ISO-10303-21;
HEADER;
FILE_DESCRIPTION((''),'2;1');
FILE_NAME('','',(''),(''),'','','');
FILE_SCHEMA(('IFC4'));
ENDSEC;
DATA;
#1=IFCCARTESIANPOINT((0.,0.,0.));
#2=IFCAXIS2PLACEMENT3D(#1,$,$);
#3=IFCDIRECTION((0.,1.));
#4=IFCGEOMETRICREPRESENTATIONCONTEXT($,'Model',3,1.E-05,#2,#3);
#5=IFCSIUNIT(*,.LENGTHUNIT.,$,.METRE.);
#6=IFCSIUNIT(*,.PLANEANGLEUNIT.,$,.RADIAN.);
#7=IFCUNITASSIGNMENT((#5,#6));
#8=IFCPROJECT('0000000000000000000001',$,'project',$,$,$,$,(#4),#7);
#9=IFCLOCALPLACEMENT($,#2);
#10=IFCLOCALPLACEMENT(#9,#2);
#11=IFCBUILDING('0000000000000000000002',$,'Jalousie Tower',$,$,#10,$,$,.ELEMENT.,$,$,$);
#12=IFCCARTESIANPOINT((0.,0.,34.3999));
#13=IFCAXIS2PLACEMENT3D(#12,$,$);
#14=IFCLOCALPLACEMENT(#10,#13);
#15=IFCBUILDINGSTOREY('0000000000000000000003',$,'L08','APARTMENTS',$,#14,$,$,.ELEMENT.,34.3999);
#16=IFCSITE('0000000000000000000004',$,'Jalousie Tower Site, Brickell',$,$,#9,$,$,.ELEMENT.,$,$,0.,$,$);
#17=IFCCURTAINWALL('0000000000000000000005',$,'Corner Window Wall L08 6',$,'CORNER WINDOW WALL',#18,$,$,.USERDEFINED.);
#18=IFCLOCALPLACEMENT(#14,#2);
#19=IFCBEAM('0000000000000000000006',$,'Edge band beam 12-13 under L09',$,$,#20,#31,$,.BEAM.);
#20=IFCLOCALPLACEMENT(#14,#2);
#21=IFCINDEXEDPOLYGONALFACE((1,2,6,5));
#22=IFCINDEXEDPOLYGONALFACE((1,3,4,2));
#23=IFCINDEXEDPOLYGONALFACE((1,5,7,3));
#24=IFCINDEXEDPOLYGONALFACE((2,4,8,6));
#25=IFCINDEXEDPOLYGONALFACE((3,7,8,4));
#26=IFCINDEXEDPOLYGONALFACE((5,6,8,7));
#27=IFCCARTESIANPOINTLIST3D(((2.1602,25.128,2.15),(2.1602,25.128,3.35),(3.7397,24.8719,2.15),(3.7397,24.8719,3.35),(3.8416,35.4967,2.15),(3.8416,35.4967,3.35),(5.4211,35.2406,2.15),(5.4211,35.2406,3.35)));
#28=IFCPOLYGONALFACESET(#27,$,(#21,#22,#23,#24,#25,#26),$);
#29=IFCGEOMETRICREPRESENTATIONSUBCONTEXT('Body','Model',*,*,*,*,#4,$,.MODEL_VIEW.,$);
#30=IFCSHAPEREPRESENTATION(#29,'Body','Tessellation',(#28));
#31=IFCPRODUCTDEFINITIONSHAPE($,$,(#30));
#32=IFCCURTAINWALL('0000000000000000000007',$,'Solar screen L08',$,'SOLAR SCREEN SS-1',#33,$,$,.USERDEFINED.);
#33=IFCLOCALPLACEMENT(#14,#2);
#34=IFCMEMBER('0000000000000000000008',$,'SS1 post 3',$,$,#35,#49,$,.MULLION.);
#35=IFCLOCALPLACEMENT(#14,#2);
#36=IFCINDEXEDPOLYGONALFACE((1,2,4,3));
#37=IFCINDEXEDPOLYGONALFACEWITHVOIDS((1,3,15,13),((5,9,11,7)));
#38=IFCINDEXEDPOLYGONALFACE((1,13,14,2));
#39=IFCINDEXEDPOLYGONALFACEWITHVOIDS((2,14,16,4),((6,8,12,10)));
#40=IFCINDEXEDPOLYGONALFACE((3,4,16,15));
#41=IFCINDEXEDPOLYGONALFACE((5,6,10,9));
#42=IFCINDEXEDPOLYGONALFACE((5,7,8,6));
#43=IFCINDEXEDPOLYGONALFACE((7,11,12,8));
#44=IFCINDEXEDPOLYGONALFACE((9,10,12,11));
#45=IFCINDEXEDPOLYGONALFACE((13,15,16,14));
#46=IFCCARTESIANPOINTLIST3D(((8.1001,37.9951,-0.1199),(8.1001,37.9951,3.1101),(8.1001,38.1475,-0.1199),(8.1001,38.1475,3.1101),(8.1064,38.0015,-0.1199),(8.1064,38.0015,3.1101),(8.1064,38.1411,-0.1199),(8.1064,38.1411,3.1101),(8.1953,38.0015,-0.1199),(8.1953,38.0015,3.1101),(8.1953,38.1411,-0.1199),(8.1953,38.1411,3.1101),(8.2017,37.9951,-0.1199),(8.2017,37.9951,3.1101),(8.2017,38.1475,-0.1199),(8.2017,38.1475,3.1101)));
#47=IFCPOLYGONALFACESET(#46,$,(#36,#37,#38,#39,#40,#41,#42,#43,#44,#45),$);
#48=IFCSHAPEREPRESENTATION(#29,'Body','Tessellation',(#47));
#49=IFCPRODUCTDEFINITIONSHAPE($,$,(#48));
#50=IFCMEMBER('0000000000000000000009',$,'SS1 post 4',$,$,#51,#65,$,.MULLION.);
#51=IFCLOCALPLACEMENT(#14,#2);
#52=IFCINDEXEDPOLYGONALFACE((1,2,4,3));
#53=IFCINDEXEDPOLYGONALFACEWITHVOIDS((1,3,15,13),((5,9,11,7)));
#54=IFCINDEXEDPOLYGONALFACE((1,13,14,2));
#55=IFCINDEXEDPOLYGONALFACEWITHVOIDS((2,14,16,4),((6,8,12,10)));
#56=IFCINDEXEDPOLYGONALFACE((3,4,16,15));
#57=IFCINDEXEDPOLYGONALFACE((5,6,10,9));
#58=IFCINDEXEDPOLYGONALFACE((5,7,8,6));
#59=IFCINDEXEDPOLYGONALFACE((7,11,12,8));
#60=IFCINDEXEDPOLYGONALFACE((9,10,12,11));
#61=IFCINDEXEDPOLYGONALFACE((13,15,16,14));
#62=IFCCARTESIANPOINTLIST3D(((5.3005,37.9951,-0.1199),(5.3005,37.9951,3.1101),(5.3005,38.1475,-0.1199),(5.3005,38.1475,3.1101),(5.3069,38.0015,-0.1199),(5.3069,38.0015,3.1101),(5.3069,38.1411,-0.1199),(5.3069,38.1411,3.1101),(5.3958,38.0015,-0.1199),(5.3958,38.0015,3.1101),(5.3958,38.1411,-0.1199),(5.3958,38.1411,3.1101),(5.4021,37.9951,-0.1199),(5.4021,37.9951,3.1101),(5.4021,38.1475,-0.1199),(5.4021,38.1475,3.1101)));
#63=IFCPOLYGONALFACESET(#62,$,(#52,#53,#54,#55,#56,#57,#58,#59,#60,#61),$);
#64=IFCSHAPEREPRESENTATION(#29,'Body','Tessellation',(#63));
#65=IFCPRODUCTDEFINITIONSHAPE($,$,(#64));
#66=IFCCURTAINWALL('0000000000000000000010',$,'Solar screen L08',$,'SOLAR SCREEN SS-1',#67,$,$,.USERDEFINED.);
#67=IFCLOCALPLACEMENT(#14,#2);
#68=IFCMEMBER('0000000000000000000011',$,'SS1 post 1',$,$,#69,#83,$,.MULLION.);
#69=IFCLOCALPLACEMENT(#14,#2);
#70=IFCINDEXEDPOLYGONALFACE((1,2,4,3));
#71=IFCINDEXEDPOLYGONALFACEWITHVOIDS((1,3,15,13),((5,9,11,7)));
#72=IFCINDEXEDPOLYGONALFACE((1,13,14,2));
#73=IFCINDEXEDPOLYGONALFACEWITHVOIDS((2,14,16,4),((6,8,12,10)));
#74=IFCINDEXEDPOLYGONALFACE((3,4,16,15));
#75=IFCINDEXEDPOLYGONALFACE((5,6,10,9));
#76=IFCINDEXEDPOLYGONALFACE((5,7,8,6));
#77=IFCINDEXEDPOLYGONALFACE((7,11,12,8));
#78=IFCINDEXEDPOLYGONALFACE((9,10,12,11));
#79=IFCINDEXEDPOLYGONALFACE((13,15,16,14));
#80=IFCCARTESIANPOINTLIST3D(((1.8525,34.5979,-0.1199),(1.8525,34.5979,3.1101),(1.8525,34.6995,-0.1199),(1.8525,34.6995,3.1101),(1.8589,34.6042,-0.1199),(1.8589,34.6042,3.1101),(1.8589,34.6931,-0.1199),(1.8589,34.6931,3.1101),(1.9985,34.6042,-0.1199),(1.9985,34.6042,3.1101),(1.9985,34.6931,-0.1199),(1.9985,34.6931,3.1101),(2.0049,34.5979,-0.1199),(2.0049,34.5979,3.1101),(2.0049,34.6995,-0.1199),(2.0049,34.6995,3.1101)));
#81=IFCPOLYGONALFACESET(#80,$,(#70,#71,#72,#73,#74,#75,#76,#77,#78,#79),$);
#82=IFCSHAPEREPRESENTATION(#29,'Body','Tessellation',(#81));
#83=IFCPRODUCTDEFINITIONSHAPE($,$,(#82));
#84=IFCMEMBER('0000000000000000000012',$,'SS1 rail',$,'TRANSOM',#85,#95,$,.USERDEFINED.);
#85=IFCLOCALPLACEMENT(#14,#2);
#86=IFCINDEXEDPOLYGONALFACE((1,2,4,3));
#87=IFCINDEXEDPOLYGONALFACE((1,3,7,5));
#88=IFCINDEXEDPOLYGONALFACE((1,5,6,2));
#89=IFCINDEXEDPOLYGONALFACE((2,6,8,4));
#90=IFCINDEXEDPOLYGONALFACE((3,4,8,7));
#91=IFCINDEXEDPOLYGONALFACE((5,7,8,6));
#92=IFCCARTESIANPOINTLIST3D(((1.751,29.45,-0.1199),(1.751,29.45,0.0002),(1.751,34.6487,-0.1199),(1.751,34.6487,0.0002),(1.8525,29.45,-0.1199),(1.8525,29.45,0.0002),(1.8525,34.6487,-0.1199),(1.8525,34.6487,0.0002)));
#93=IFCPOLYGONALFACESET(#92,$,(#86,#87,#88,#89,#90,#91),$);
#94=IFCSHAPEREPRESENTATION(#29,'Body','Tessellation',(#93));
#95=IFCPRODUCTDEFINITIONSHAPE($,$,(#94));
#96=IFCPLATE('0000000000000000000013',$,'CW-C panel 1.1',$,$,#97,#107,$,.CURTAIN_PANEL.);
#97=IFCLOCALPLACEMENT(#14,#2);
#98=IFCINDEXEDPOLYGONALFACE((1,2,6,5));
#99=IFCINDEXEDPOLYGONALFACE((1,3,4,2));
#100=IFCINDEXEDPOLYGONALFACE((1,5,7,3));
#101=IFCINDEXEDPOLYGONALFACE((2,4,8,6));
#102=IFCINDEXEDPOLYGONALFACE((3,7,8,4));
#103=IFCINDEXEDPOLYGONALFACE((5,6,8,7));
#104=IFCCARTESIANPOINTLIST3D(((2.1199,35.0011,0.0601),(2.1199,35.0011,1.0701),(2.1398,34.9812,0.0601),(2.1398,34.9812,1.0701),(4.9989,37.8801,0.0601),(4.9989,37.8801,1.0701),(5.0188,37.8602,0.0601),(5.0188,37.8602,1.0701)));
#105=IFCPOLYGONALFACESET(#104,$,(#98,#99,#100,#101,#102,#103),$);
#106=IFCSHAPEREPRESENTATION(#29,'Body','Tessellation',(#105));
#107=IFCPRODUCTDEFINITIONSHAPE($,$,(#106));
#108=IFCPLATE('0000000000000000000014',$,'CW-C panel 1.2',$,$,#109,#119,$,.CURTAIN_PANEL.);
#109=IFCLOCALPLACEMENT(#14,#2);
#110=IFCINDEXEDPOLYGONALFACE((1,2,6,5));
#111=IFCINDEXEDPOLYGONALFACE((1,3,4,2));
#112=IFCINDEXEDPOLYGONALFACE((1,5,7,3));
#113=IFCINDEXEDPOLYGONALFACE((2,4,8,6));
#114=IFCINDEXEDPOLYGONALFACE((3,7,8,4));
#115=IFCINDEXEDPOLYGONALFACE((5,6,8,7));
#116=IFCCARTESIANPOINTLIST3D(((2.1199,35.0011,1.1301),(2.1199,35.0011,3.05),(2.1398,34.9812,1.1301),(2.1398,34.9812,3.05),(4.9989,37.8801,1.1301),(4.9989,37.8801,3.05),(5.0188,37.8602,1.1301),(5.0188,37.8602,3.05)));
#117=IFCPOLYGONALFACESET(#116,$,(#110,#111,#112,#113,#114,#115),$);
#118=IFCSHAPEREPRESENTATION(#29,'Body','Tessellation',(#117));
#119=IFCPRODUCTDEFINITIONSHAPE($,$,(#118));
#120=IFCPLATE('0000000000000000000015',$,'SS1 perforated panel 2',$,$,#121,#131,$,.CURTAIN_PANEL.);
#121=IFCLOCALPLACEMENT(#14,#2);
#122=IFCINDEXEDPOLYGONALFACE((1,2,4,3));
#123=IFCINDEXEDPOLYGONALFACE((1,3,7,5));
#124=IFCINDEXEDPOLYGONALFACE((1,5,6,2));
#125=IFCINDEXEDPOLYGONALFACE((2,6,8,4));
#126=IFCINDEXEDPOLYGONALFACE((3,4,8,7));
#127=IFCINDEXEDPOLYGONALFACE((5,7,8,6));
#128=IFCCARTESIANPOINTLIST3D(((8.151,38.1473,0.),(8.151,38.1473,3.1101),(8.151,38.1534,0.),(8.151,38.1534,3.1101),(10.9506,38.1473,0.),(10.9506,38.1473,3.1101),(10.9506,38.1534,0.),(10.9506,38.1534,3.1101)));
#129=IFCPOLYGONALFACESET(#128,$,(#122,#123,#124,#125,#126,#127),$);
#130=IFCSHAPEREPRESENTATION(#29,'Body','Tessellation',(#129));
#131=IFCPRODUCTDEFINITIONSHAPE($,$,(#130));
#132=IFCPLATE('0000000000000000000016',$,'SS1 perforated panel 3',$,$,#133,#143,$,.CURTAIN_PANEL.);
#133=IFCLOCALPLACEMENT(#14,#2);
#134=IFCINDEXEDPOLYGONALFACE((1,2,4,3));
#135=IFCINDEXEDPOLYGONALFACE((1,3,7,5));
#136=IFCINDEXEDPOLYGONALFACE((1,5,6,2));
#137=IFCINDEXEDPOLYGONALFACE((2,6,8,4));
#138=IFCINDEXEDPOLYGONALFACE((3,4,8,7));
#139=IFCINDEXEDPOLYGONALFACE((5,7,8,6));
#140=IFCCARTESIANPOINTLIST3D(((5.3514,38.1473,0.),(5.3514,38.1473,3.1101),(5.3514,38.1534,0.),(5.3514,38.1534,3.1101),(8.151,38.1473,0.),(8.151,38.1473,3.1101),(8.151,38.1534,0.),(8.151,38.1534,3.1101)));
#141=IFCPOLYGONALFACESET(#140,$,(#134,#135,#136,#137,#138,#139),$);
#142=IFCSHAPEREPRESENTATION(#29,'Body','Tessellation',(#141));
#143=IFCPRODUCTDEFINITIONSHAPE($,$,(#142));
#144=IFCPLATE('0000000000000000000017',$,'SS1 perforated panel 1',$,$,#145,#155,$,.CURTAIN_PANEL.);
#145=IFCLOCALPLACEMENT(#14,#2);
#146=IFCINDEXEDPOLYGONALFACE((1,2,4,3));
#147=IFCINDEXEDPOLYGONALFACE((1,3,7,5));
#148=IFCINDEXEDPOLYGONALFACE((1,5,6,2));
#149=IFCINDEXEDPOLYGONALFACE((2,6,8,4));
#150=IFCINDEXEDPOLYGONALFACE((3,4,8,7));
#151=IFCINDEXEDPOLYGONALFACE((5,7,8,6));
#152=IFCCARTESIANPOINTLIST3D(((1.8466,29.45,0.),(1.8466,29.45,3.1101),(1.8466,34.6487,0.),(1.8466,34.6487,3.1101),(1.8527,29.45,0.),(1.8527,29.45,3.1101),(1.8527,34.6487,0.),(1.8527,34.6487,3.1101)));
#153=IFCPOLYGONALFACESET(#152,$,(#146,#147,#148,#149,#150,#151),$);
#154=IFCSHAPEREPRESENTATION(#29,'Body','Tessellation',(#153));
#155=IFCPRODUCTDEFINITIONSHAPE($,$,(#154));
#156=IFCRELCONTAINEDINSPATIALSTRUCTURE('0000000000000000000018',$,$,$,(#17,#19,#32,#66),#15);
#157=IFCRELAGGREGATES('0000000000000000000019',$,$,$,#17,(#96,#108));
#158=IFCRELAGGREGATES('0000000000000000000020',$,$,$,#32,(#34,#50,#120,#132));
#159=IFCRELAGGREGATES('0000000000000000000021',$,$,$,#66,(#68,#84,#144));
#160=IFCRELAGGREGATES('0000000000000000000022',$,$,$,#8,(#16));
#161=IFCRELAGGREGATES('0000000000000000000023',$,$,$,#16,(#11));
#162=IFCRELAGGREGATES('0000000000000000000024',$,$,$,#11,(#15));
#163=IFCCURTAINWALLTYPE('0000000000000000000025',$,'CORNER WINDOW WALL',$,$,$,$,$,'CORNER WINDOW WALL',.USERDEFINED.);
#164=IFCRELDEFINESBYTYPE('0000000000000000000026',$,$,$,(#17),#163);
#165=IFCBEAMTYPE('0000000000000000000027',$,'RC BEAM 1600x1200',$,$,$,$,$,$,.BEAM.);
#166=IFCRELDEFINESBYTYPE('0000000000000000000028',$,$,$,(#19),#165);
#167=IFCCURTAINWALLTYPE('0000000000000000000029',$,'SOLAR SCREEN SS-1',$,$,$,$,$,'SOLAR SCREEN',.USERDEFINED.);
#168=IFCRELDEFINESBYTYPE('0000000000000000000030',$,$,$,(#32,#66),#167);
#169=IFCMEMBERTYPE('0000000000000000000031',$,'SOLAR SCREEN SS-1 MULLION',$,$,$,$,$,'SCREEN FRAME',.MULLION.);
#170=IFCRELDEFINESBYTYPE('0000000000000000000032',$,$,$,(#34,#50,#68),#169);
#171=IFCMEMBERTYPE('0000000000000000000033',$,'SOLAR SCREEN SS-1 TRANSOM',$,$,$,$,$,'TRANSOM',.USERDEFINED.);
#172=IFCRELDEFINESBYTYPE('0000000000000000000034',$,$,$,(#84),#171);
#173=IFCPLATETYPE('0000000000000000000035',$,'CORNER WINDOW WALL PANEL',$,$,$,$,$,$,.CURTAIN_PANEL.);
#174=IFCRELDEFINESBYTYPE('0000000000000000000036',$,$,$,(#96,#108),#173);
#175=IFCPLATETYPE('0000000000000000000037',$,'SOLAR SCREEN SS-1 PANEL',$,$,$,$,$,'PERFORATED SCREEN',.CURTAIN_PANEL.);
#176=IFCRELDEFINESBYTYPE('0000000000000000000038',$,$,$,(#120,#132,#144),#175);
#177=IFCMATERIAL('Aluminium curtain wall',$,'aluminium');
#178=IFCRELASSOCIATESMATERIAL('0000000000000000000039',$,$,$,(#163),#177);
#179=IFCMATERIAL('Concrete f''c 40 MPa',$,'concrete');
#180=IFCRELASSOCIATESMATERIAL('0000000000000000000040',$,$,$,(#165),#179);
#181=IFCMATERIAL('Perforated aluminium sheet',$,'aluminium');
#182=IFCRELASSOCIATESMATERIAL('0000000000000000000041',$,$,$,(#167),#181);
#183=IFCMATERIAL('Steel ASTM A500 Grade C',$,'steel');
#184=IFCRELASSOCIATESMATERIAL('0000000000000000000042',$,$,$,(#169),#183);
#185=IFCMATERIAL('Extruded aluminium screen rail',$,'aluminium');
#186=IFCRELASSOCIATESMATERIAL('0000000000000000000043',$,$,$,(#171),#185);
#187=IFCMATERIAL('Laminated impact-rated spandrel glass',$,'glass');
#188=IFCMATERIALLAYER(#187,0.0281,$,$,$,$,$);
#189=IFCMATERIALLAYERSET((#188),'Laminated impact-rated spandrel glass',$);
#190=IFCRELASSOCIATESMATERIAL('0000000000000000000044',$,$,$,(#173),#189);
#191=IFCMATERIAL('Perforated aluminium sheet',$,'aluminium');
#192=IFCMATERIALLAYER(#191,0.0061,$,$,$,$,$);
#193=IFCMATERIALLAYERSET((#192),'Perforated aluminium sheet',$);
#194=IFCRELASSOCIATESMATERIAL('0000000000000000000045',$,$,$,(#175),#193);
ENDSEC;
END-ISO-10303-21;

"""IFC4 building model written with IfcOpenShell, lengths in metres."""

from ifc_helpers import new_model, si_unit, direction, frame, origin, origin_2d, place, context, subcontext, project, spatial, rectangle, hollow_rectangle, extrude, material, layer, layer_set, material_profile, profile_set, type_object, element, aggregate, save


model = new_model("IFC4")

# Units and contexts
model_context = context("Model", 3, precision=1e-05, world=origin(), true_north=direction((0.0, 1.0)))
body_context = subcontext(model_context, "Body", "Model", "MODEL_VIEW")
ifc_project = project(units=[si_unit("LENGTHUNIT", "METRE"), si_unit("PLANEANGLEUNIT", "RADIAN")], contexts=[model_context])

# Site, building, storey
site_placement = place(None, origin())
site = spatial("IfcSite", under=ifc_project, at=site_placement, Name="Jalousie Tower Site, Brickell", CompositionType="ELEMENT", RefElevation=0.0)
building_placement = place(site_placement, origin())
building = spatial("IfcBuilding", under=site, at=building_placement, Name="Jalousie Tower", CompositionType="ELEMENT")
storey_placement = place(building_placement, frame((0.0, 0.0, 34.3999)))
storey = spatial("IfcBuildingStorey", under=building, at=storey_placement, Name="L08", Description="APARTMENTS", CompositionType="ELEMENT", Elevation=34.3999)

# Curtain wall
ifc_material_1 = material(Name="Aluminium curtain wall", Category="aluminium")
curtain_wall_type_1 = type_object("IfcCurtainWallType", Name="CORNER WINDOW WALL", ElementType="CORNER WINDOW WALL", PredefinedType="USERDEFINED", material=ifc_material_1)
curtain_wall_1_placement = place(storey_placement, origin())
curtain_wall_1 = element("IfcCurtainWall", 1, at=curtain_wall_1_placement, inside=storey, type_object=curtain_wall_type_1, Name="Corner Window Wall L08 6", ObjectType="CORNER WINDOW WALL", PredefinedType="USERDEFINED")

# Beam
ifc_material_2 = material(Name="Concrete f'c 40 MPa", Category="concrete")
ifc_material_profile_1 = material_profile(ifc_material_2, rectangle(XDim=1.6001, YDim=1.2, at=origin_2d()), Name="RC 1600x1200")
ifc_profile_set_1 = profile_set([ifc_material_profile_1], Name="Concrete f'c 40 MPa")
beam_type_1 = type_object("IfcBeamType", Name="RC BEAM 1600x1200", PredefinedType="BEAM", material=ifc_profile_set_1)
beam_1_placement = place(storey_placement, frame((4.6313, 35.3687, 2.75), z_axis=(-0.160071, -0.987106, 0.0), x_axis=(0.987106, -0.160071, 0.0)))
element("IfcBeam", 2, at=beam_1_placement, inside=storey, type_object=beam_type_1, Name="Edge band beam 12-13 under L09", PredefinedType="BEAM", context=body_context, shape_type="SweptSolid", body=[
    extrude(rectangle(XDim=1.6001, YDim=1.2, at=origin_2d()), origin(), (0.0, 0.0, 1.0), 10.5042),
])

# Curtain walls, members
ifc_material_3 = material(Name="Perforated aluminium sheet", Category="aluminium")
curtain_wall_type_2 = type_object("IfcCurtainWallType", Name="SOLAR SCREEN SS-1", ElementType="SOLAR SCREEN", PredefinedType="USERDEFINED", material=ifc_material_3)
curtain_wall_2_placement = place(storey_placement, origin())
curtain_wall_2 = element("IfcCurtainWall", 3, at=curtain_wall_2_placement, inside=storey, type_object=curtain_wall_type_2, Name="Solar screen L08", ObjectType="SOLAR SCREEN SS-1", PredefinedType="USERDEFINED")
ifc_material_4 = material(Name="Steel ASTM A500 Grade C", Category="steel")
ifc_material_profile_2 = material_profile(ifc_material_4, hollow_rectangle(XDim=0.1016, YDim=0.1523, WallThickness=0.0063, at=origin_2d()), Name="HSS6X4X1/4")
ifc_profile_set_2 = profile_set([ifc_material_profile_2], Name="Steel ASTM A500 Grade C")
member_type_1 = type_object("IfcMemberType", Name="SOLAR SCREEN SS-1 MULLION", ElementType="SCREEN FRAME", PredefinedType="MULLION", material=ifc_profile_set_2)
member_1_placement = place(storey_placement, frame((8.1509, 38.0713, -0.1199), z_axis=(0.0, 0.0, 1.0), x_axis=(-1.0, 0.0, 0.0)))
member_1 = element("IfcMember", 4, at=member_1_placement, type_object=member_type_1, Name="SS1 post 3", PredefinedType="MULLION", context=body_context, shape_type="SweptSolid", body=[
    extrude(hollow_rectangle(XDim=0.1016, YDim=0.1523, WallThickness=0.0063, at=origin_2d()), origin(), (0.0, 0.0, 1.0), 3.23),
])
member_2_placement = place(storey_placement, frame((5.3513, 38.0713, -0.1199), z_axis=(0.0, 0.0, 1.0), x_axis=(-1.0, 0.0, 0.0)))
member_2 = element("IfcMember", 5, at=member_2_placement, type_object=member_type_1, Name="SS1 post 4", PredefinedType="MULLION", context=body_context, shape_type="SweptSolid", body=[
    extrude(hollow_rectangle(XDim=0.1016, YDim=0.1523, WallThickness=0.0063, at=origin_2d()), origin(), (0.0, 0.0, 1.0), 3.23),
])
curtain_wall_3_placement = place(storey_placement, origin())
curtain_wall_3 = element("IfcCurtainWall", 6, at=curtain_wall_3_placement, inside=storey, type_object=curtain_wall_type_2, Name="Solar screen L08", ObjectType="SOLAR SCREEN SS-1", PredefinedType="USERDEFINED")
member_3_placement = place(storey_placement, frame((1.9287, 34.6487, -0.1199), z_axis=(0.0, 0.0, 1.0), x_axis=(0.0, -1.0, 0.0)))
member_3 = element("IfcMember", 7, at=member_3_placement, type_object=member_type_1, Name="SS1 post 1", PredefinedType="MULLION", context=body_context, shape_type="SweptSolid", body=[
    extrude(hollow_rectangle(XDim=0.1016, YDim=0.1523, WallThickness=0.0063, at=origin_2d()), origin(), (0.0, 0.0, 1.0), 3.23),
])
ifc_material_5 = material(Name="Extruded aluminium screen rail", Category="aluminium")
ifc_material_profile_3 = material_profile(ifc_material_5, rectangle(XDim=0.1016, YDim=0.1201, at=origin_2d()), Name="RAIL 102x120")
ifc_profile_set_3 = profile_set([ifc_material_profile_3], Name="Extruded aluminium screen rail")
member_type_2 = type_object("IfcMemberType", Name="SOLAR SCREEN SS-1 TRANSOM", ElementType="TRANSOM", PredefinedType="USERDEFINED", material=ifc_profile_set_3)
member_4_placement = place(storey_placement, frame((1.8018, 34.6487, -0.0598), z_axis=(0.0, -1.0, 0.0), x_axis=(1.0, 0.0, 0.0)))
member_4 = element("IfcMember", 8, at=member_4_placement, type_object=member_type_2, Name="SS1 rail", ObjectType="TRANSOM", PredefinedType="USERDEFINED", context=body_context, shape_type="SweptSolid", body=[
    extrude(rectangle(XDim=0.1016, YDim=0.1201, at=origin_2d()), origin(), (0.0, 0.0, 1.0), 5.1987),
])

# Plates
ifc_material_6 = material(Name="Laminated impact-rated spandrel glass", Category="glass")
ifc_layer_1 = layer(ifc_material_6, 0.0281)
ifc_layer_set_1 = layer_set([ifc_layer_1], Name="Laminated impact-rated spandrel glass")
plate_type_1 = type_object("IfcPlateType", Name="CORNER WINDOW WALL PANEL", PredefinedType="CURTAIN_PANEL", material=ifc_layer_set_1)
plate_1_placement = place(storey_placement, frame((3.5693, 36.4307, 0.0601), z_axis=(0.0, 0.0, 1.0), x_axis=(-0.707107, -0.707107, 0.0)))
plate_1 = element("IfcPlate", 9, at=plate_1_placement, type_object=plate_type_1, Name="CW-C panel 1.1", PredefinedType="CURTAIN_PANEL", context=body_context, shape_type="SweptSolid", body=[
    extrude(rectangle(XDim=4.0715, YDim=0.0281, at=origin_2d()), origin(), (0.0, 0.0, 1.0), 1.01),
])
plate_2_placement = place(storey_placement, frame((3.5693, 36.4307, 1.1301), z_axis=(0.0, 0.0, 1.0), x_axis=(-0.707107, -0.707107, 0.0)))
plate_2 = element("IfcPlate", 10, at=plate_2_placement, type_object=plate_type_1, Name="CW-C panel 1.2", PredefinedType="CURTAIN_PANEL", context=body_context, shape_type="SweptSolid", body=[
    extrude(rectangle(XDim=4.0715, YDim=0.0281, at=origin_2d()), origin(), (0.0, 0.0, 1.0), 1.9199),
])
aggregate(curtain_wall_1, [plate_1, plate_2])
ifc_material_7 = material(Name="Perforated aluminium sheet", Category="aluminium")
ifc_layer_2 = layer(ifc_material_7, 0.0061)
ifc_layer_set_2 = layer_set([ifc_layer_2], Name="Perforated aluminium sheet")
plate_type_2 = type_object("IfcPlateType", Name="SOLAR SCREEN SS-1 PANEL", ElementType="PERFORATED SCREEN", PredefinedType="CURTAIN_PANEL", material=ifc_layer_set_2)
plate_3_placement = place(storey_placement, frame((9.5508, 38.1504, 0.0), z_axis=(0.0, 0.0, 1.0), x_axis=(-1.0, 0.0, 0.0)))
plate_3 = element("IfcPlate", 11, at=plate_3_placement, type_object=plate_type_2, Name="SS1 perforated panel 2", PredefinedType="CURTAIN_PANEL", context=body_context, shape_type="SweptSolid", body=[
    extrude(rectangle(XDim=2.7996, YDim=0.0061, at=origin_2d()), origin(), (0.0, 0.0, 1.0), 3.1101),
])
plate_4_placement = place(storey_placement, frame((6.7512, 38.1504, 0.0), z_axis=(0.0, 0.0, 1.0), x_axis=(-1.0, 0.0, 0.0)))
plate_4 = element("IfcPlate", 12, at=plate_4_placement, type_object=plate_type_2, Name="SS1 perforated panel 3", PredefinedType="CURTAIN_PANEL", context=body_context, shape_type="SweptSolid", body=[
    extrude(rectangle(XDim=2.7996, YDim=0.0061, at=origin_2d()), origin(), (0.0, 0.0, 1.0), 3.1101),
])
aggregate(curtain_wall_2, [member_1, member_2, plate_3, plate_4])
plate_5_placement = place(storey_placement, frame((1.8496, 32.0493, 0.0), z_axis=(0.0, 0.0, 1.0), x_axis=(0.0, -1.0, 0.0)))
plate_5 = element("IfcPlate", 13, at=plate_5_placement, type_object=plate_type_2, Name="SS1 perforated panel 1", PredefinedType="CURTAIN_PANEL", context=body_context, shape_type="SweptSolid", body=[
    extrude(rectangle(XDim=5.1987, YDim=0.0061, at=origin_2d()), origin(), (0.0, 0.0, 1.0), 3.1101),
])
aggregate(curtain_wall_3, [member_3, member_4, plate_5])

save(model, "model.ifc")
